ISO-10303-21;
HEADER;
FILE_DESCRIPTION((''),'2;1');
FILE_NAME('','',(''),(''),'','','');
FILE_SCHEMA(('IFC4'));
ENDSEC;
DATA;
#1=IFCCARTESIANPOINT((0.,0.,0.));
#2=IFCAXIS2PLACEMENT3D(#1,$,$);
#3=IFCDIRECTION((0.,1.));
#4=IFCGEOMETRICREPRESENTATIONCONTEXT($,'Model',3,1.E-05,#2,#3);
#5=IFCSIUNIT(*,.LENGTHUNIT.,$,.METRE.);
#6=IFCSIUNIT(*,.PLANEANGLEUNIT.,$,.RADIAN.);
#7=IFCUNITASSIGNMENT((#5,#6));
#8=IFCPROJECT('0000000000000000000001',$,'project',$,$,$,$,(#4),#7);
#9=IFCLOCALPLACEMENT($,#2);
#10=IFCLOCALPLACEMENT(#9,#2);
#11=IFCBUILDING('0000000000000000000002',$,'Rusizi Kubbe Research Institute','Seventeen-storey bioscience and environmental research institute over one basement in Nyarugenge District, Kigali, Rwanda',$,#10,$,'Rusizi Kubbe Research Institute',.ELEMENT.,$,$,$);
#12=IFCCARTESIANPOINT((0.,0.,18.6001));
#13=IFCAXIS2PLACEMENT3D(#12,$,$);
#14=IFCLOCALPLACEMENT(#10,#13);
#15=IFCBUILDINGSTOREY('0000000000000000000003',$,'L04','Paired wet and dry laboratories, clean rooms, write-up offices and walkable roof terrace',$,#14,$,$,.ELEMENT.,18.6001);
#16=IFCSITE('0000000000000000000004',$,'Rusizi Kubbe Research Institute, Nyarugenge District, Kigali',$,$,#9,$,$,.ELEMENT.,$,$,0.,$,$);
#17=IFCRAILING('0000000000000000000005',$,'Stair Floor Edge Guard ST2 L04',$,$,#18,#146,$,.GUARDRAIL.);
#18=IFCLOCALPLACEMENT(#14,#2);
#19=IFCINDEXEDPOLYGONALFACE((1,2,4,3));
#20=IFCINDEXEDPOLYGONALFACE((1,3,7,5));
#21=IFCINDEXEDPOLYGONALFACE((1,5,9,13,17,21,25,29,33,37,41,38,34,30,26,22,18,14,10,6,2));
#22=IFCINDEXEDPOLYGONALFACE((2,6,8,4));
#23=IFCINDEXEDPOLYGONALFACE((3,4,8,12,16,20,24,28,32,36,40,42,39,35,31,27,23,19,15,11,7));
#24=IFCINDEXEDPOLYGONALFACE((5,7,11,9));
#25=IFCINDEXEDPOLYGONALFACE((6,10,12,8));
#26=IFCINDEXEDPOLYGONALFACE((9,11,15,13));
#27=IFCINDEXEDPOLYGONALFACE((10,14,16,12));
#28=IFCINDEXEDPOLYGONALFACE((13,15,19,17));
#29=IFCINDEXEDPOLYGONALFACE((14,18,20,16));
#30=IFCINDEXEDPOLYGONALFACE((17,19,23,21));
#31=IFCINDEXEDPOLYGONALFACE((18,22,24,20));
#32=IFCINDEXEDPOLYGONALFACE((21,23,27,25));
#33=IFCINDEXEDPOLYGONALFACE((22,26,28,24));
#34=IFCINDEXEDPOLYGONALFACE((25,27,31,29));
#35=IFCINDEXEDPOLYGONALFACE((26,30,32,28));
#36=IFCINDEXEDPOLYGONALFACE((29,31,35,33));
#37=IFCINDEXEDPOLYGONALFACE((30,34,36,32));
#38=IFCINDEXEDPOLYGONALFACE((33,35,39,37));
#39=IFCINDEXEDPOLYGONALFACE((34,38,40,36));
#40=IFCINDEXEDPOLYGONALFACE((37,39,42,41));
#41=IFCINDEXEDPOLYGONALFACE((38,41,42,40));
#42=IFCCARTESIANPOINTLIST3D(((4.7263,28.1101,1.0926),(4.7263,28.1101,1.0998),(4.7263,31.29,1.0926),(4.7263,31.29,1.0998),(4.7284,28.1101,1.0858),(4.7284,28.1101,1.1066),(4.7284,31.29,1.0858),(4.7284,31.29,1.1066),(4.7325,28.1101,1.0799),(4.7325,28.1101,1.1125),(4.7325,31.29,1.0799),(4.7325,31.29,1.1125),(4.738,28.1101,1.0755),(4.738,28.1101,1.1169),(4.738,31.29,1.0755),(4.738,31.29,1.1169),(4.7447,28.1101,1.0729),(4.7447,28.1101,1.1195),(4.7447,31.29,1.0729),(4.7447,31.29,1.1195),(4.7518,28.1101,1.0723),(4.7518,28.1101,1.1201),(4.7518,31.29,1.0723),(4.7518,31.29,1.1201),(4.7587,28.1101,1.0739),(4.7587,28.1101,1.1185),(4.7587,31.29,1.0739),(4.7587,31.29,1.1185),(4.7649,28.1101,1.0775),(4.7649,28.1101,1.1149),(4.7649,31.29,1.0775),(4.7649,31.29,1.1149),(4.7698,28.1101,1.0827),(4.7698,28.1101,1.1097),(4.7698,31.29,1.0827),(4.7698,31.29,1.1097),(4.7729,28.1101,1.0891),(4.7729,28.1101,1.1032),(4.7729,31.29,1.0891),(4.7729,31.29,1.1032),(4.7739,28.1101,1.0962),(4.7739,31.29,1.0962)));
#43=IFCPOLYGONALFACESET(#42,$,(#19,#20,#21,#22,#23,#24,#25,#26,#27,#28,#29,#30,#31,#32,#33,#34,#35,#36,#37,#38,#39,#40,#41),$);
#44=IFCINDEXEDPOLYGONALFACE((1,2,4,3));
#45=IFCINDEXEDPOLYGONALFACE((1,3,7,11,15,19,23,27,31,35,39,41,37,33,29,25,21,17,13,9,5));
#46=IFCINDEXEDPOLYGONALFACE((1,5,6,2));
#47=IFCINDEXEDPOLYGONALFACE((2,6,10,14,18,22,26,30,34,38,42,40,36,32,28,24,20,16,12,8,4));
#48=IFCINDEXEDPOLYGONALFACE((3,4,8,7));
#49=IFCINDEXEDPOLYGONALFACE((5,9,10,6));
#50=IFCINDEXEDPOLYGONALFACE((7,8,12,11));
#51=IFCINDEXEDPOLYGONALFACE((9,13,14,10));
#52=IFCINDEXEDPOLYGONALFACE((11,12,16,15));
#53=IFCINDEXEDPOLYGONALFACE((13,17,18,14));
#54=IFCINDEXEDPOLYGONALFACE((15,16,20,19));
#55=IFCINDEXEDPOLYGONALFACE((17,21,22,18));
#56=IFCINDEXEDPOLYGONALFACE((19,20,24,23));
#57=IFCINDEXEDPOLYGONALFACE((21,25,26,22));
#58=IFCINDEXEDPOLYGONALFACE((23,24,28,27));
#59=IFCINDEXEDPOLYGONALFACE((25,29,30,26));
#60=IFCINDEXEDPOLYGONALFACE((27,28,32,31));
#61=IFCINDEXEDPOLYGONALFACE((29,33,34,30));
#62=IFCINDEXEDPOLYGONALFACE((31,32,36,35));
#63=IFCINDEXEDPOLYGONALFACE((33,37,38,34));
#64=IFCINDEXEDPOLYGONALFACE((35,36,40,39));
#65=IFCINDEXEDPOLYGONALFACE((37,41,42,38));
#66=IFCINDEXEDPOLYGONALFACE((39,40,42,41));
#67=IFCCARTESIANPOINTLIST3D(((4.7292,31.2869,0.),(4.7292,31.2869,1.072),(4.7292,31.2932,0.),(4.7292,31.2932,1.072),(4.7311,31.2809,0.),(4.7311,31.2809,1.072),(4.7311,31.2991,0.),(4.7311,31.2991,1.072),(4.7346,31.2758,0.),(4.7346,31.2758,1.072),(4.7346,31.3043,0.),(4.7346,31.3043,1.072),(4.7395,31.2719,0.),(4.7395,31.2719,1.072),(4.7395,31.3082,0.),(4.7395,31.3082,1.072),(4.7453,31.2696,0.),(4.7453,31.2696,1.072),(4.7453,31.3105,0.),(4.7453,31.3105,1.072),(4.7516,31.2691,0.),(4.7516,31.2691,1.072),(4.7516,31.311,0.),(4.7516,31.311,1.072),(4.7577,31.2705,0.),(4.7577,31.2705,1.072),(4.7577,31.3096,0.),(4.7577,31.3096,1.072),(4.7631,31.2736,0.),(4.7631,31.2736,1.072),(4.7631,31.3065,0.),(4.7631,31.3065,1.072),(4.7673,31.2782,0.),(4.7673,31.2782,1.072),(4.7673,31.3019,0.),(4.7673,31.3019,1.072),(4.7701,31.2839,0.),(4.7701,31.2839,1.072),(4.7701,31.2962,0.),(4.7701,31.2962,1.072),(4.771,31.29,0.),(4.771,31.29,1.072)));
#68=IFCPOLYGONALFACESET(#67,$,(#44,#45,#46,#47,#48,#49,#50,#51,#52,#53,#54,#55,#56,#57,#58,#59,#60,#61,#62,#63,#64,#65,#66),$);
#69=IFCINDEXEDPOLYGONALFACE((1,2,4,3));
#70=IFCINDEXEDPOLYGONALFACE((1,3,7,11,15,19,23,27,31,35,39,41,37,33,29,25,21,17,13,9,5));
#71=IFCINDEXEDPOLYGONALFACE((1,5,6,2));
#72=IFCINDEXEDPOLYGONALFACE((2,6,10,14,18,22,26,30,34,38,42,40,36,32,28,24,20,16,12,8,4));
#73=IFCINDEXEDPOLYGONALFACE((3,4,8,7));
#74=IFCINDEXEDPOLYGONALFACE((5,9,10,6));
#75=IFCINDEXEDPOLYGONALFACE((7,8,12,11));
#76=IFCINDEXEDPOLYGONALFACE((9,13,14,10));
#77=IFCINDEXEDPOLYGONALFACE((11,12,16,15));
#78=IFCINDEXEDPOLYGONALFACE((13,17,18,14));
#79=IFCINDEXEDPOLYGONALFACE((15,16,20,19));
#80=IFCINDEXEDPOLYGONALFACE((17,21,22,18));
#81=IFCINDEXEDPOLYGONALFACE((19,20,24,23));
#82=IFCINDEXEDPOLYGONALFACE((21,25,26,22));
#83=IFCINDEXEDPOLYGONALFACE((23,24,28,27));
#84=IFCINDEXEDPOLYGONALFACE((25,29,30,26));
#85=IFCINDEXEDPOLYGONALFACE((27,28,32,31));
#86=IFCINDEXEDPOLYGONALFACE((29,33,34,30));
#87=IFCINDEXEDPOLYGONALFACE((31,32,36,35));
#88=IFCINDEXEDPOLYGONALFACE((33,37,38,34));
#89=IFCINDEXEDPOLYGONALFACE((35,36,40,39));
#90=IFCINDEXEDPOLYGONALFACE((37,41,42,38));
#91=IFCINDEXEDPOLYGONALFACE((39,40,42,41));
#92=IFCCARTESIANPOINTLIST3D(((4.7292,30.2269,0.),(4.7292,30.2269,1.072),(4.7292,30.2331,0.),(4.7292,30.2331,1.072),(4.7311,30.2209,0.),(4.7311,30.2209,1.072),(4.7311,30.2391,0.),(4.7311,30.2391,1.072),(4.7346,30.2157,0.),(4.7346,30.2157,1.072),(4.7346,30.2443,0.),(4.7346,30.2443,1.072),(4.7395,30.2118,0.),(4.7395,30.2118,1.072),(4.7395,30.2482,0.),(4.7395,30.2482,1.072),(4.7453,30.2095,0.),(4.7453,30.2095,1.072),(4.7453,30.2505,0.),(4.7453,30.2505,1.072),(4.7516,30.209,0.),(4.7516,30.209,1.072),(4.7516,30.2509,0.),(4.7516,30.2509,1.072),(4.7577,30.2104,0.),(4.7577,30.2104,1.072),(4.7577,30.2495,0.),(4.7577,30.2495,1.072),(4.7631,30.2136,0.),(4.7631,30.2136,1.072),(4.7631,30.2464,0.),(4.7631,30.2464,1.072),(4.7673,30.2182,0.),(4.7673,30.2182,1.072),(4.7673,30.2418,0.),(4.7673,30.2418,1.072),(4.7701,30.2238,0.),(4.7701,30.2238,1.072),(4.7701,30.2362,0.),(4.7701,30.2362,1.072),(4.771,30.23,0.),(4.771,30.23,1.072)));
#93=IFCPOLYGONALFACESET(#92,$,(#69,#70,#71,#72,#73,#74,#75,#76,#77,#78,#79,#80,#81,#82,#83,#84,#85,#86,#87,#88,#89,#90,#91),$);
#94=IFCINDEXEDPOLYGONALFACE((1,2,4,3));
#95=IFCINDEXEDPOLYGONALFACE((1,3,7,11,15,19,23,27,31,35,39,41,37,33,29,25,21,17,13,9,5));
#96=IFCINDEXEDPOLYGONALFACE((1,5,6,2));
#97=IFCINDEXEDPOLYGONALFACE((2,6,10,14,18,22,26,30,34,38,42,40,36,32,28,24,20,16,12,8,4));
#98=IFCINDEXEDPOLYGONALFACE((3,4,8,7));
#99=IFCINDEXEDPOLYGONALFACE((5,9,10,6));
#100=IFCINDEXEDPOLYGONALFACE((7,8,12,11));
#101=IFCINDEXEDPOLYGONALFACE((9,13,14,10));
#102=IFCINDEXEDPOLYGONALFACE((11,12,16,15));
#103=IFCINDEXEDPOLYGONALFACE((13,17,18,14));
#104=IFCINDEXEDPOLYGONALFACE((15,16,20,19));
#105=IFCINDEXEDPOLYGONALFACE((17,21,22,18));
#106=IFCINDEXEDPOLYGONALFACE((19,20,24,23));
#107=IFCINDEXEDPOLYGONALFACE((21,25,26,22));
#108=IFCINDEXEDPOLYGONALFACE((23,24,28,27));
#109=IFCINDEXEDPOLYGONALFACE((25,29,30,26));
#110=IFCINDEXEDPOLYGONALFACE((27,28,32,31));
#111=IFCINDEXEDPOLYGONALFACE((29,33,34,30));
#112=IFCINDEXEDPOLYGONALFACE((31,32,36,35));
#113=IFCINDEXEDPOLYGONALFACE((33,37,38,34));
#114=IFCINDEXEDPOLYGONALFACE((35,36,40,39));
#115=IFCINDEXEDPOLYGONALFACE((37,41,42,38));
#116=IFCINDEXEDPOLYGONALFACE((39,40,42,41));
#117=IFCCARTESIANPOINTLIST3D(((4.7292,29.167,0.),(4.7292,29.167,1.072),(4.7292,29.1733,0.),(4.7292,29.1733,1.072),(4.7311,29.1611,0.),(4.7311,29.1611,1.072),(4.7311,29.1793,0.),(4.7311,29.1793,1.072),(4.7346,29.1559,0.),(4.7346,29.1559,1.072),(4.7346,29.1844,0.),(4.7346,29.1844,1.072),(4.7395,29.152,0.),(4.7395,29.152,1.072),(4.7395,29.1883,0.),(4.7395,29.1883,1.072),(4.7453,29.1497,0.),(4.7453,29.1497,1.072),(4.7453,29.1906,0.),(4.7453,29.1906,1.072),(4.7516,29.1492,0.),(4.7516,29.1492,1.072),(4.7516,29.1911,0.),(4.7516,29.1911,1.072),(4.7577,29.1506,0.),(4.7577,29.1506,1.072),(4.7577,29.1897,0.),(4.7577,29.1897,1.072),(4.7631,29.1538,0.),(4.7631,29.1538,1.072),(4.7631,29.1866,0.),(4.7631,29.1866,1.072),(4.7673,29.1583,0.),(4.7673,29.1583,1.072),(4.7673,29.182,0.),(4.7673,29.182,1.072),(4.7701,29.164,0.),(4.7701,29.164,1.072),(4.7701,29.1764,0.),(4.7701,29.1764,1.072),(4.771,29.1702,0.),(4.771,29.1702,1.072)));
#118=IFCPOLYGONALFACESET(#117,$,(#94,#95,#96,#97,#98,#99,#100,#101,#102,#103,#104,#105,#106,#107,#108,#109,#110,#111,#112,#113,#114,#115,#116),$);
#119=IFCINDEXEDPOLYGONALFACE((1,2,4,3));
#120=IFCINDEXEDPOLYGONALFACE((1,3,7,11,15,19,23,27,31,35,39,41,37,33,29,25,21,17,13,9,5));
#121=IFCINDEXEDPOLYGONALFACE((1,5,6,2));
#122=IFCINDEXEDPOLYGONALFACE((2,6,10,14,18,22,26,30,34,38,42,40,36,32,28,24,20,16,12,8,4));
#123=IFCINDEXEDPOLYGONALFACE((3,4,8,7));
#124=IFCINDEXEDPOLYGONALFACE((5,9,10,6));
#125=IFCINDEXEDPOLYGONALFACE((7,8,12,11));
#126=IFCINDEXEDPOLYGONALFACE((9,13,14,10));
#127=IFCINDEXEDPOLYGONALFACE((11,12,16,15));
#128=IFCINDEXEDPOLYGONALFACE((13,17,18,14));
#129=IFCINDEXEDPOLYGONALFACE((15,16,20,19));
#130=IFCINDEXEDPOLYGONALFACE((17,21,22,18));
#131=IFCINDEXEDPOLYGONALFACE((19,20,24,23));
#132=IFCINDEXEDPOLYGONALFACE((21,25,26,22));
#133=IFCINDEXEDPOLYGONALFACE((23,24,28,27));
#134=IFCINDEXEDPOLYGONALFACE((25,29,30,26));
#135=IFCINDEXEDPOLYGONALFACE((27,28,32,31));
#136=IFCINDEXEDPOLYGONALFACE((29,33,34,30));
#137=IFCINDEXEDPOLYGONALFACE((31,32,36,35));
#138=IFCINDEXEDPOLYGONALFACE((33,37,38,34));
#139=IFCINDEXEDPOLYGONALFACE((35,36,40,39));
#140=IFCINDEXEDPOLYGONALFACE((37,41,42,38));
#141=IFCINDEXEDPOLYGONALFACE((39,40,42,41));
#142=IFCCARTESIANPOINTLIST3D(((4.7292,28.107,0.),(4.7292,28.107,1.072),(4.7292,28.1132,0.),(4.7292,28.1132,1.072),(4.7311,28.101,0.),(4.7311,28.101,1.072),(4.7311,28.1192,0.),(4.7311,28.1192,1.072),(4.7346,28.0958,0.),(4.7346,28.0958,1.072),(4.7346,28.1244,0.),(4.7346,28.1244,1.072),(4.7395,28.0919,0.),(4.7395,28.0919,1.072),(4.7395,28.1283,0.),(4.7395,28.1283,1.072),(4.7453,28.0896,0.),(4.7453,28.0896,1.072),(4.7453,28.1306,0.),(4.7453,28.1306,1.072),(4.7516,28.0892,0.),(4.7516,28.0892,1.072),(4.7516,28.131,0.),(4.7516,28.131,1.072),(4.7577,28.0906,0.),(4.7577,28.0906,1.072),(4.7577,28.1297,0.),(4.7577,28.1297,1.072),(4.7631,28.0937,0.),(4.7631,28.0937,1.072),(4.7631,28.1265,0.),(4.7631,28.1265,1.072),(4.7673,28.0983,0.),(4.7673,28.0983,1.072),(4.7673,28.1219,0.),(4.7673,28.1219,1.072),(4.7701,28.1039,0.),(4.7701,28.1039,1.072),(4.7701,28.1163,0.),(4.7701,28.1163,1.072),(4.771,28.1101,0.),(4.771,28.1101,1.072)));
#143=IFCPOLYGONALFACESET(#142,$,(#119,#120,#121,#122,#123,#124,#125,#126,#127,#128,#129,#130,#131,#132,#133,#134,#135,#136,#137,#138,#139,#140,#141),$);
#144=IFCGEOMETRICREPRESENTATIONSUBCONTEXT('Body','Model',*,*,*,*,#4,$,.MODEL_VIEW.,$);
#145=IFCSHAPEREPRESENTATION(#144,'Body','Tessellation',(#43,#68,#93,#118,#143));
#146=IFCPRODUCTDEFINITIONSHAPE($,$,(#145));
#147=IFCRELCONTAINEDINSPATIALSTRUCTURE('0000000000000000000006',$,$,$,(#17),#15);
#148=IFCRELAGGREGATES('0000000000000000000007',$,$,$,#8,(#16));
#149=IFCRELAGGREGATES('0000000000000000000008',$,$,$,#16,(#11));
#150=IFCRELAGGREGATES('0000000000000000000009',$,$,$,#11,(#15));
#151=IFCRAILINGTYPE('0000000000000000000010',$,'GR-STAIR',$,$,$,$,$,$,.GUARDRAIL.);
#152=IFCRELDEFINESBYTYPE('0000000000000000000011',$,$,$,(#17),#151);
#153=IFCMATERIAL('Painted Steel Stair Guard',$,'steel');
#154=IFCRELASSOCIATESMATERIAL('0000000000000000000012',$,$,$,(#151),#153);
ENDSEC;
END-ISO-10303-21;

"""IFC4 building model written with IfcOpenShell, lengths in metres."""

from ifc_helpers import new_model, si_unit, direction, frame, origin, origin_2d, place, context, subcontext, project, spatial, circle, extrude, material, type_object, element, save


model = new_model("IFC4")

# Units and contexts
model_context = context("Model", 3, precision=1e-05, world=origin(), true_north=direction((0.0, 1.0)))
body_context = subcontext(model_context, "Body", "Model", "MODEL_VIEW")
ifc_project = project(units=[si_unit("LENGTHUNIT", "METRE"), si_unit("PLANEANGLEUNIT", "RADIAN")], contexts=[model_context])

# Site, building, storey
site_placement = place(None, origin())
site = spatial("IfcSite", under=ifc_project, at=site_placement, Name="Rusizi Kubbe Research Institute, Nyarugenge District, Kigali", CompositionType="ELEMENT", RefElevation=0.0)
building_placement = place(site_placement, origin())
building = spatial("IfcBuilding", under=site, at=building_placement, Name="Rusizi Kubbe Research Institute", Description="Seventeen-storey bioscience and environmental research institute over one basement in Nyarugenge District, Kigali, Rwanda", LongName="Rusizi Kubbe Research Institute", CompositionType="ELEMENT")
storey_placement = place(building_placement, frame((0.0, 0.0, 18.6001)))
storey = spatial("IfcBuildingStorey", under=building, at=storey_placement, Name="L04", Description="Paired wet and dry laboratories, clean rooms, write-up offices and walkable roof terrace", CompositionType="ELEMENT", Elevation=18.6001)

# Railing
ifc_material_1 = material(Name="Painted Steel Stair Guard", Category="steel")
railing_type_1 = type_object("IfcRailingType", Name="GR-STAIR", PredefinedType="GUARDRAIL", material=ifc_material_1)
railing_1_placement = place(storey_placement, frame((4.75, 31.29, 0.0)))
element("IfcRailing", 1, at=railing_1_placement, inside=storey, type_object=railing_type_1, Name="Stair Floor Edge Guard ST2 L04", PredefinedType="GUARDRAIL", context=body_context, shape_type="SweptSolid", body=[
    extrude(circle(Radius=0.0239, at=origin_2d()), frame((0.0, 0.0, 1.0962), z_axis=(0.0, -1.0, 0.0), x_axis=(1.0, 0.0, 0.0)), (0.0, 0.0, 1.0), 3.1799),
    extrude(circle(Radius=0.021, at=origin_2d()), origin(), (0.0, 0.0, 1.0), 1.072),
    extrude(circle(Radius=0.021, at=origin_2d()), frame((0.0, -1.0601, 0.0)), (0.0, 0.0, 1.0), 1.072),
    extrude(circle(Radius=0.021, at=origin_2d()), frame((0.0, -2.1199, 0.0)), (0.0, 0.0, 1.0), 1.072),
    extrude(circle(Radius=0.021, at=origin_2d()), frame((0.0, -3.1799, 0.0)), (0.0, 0.0, 1.0), 1.072),
])

save(model, "model.ifc")
